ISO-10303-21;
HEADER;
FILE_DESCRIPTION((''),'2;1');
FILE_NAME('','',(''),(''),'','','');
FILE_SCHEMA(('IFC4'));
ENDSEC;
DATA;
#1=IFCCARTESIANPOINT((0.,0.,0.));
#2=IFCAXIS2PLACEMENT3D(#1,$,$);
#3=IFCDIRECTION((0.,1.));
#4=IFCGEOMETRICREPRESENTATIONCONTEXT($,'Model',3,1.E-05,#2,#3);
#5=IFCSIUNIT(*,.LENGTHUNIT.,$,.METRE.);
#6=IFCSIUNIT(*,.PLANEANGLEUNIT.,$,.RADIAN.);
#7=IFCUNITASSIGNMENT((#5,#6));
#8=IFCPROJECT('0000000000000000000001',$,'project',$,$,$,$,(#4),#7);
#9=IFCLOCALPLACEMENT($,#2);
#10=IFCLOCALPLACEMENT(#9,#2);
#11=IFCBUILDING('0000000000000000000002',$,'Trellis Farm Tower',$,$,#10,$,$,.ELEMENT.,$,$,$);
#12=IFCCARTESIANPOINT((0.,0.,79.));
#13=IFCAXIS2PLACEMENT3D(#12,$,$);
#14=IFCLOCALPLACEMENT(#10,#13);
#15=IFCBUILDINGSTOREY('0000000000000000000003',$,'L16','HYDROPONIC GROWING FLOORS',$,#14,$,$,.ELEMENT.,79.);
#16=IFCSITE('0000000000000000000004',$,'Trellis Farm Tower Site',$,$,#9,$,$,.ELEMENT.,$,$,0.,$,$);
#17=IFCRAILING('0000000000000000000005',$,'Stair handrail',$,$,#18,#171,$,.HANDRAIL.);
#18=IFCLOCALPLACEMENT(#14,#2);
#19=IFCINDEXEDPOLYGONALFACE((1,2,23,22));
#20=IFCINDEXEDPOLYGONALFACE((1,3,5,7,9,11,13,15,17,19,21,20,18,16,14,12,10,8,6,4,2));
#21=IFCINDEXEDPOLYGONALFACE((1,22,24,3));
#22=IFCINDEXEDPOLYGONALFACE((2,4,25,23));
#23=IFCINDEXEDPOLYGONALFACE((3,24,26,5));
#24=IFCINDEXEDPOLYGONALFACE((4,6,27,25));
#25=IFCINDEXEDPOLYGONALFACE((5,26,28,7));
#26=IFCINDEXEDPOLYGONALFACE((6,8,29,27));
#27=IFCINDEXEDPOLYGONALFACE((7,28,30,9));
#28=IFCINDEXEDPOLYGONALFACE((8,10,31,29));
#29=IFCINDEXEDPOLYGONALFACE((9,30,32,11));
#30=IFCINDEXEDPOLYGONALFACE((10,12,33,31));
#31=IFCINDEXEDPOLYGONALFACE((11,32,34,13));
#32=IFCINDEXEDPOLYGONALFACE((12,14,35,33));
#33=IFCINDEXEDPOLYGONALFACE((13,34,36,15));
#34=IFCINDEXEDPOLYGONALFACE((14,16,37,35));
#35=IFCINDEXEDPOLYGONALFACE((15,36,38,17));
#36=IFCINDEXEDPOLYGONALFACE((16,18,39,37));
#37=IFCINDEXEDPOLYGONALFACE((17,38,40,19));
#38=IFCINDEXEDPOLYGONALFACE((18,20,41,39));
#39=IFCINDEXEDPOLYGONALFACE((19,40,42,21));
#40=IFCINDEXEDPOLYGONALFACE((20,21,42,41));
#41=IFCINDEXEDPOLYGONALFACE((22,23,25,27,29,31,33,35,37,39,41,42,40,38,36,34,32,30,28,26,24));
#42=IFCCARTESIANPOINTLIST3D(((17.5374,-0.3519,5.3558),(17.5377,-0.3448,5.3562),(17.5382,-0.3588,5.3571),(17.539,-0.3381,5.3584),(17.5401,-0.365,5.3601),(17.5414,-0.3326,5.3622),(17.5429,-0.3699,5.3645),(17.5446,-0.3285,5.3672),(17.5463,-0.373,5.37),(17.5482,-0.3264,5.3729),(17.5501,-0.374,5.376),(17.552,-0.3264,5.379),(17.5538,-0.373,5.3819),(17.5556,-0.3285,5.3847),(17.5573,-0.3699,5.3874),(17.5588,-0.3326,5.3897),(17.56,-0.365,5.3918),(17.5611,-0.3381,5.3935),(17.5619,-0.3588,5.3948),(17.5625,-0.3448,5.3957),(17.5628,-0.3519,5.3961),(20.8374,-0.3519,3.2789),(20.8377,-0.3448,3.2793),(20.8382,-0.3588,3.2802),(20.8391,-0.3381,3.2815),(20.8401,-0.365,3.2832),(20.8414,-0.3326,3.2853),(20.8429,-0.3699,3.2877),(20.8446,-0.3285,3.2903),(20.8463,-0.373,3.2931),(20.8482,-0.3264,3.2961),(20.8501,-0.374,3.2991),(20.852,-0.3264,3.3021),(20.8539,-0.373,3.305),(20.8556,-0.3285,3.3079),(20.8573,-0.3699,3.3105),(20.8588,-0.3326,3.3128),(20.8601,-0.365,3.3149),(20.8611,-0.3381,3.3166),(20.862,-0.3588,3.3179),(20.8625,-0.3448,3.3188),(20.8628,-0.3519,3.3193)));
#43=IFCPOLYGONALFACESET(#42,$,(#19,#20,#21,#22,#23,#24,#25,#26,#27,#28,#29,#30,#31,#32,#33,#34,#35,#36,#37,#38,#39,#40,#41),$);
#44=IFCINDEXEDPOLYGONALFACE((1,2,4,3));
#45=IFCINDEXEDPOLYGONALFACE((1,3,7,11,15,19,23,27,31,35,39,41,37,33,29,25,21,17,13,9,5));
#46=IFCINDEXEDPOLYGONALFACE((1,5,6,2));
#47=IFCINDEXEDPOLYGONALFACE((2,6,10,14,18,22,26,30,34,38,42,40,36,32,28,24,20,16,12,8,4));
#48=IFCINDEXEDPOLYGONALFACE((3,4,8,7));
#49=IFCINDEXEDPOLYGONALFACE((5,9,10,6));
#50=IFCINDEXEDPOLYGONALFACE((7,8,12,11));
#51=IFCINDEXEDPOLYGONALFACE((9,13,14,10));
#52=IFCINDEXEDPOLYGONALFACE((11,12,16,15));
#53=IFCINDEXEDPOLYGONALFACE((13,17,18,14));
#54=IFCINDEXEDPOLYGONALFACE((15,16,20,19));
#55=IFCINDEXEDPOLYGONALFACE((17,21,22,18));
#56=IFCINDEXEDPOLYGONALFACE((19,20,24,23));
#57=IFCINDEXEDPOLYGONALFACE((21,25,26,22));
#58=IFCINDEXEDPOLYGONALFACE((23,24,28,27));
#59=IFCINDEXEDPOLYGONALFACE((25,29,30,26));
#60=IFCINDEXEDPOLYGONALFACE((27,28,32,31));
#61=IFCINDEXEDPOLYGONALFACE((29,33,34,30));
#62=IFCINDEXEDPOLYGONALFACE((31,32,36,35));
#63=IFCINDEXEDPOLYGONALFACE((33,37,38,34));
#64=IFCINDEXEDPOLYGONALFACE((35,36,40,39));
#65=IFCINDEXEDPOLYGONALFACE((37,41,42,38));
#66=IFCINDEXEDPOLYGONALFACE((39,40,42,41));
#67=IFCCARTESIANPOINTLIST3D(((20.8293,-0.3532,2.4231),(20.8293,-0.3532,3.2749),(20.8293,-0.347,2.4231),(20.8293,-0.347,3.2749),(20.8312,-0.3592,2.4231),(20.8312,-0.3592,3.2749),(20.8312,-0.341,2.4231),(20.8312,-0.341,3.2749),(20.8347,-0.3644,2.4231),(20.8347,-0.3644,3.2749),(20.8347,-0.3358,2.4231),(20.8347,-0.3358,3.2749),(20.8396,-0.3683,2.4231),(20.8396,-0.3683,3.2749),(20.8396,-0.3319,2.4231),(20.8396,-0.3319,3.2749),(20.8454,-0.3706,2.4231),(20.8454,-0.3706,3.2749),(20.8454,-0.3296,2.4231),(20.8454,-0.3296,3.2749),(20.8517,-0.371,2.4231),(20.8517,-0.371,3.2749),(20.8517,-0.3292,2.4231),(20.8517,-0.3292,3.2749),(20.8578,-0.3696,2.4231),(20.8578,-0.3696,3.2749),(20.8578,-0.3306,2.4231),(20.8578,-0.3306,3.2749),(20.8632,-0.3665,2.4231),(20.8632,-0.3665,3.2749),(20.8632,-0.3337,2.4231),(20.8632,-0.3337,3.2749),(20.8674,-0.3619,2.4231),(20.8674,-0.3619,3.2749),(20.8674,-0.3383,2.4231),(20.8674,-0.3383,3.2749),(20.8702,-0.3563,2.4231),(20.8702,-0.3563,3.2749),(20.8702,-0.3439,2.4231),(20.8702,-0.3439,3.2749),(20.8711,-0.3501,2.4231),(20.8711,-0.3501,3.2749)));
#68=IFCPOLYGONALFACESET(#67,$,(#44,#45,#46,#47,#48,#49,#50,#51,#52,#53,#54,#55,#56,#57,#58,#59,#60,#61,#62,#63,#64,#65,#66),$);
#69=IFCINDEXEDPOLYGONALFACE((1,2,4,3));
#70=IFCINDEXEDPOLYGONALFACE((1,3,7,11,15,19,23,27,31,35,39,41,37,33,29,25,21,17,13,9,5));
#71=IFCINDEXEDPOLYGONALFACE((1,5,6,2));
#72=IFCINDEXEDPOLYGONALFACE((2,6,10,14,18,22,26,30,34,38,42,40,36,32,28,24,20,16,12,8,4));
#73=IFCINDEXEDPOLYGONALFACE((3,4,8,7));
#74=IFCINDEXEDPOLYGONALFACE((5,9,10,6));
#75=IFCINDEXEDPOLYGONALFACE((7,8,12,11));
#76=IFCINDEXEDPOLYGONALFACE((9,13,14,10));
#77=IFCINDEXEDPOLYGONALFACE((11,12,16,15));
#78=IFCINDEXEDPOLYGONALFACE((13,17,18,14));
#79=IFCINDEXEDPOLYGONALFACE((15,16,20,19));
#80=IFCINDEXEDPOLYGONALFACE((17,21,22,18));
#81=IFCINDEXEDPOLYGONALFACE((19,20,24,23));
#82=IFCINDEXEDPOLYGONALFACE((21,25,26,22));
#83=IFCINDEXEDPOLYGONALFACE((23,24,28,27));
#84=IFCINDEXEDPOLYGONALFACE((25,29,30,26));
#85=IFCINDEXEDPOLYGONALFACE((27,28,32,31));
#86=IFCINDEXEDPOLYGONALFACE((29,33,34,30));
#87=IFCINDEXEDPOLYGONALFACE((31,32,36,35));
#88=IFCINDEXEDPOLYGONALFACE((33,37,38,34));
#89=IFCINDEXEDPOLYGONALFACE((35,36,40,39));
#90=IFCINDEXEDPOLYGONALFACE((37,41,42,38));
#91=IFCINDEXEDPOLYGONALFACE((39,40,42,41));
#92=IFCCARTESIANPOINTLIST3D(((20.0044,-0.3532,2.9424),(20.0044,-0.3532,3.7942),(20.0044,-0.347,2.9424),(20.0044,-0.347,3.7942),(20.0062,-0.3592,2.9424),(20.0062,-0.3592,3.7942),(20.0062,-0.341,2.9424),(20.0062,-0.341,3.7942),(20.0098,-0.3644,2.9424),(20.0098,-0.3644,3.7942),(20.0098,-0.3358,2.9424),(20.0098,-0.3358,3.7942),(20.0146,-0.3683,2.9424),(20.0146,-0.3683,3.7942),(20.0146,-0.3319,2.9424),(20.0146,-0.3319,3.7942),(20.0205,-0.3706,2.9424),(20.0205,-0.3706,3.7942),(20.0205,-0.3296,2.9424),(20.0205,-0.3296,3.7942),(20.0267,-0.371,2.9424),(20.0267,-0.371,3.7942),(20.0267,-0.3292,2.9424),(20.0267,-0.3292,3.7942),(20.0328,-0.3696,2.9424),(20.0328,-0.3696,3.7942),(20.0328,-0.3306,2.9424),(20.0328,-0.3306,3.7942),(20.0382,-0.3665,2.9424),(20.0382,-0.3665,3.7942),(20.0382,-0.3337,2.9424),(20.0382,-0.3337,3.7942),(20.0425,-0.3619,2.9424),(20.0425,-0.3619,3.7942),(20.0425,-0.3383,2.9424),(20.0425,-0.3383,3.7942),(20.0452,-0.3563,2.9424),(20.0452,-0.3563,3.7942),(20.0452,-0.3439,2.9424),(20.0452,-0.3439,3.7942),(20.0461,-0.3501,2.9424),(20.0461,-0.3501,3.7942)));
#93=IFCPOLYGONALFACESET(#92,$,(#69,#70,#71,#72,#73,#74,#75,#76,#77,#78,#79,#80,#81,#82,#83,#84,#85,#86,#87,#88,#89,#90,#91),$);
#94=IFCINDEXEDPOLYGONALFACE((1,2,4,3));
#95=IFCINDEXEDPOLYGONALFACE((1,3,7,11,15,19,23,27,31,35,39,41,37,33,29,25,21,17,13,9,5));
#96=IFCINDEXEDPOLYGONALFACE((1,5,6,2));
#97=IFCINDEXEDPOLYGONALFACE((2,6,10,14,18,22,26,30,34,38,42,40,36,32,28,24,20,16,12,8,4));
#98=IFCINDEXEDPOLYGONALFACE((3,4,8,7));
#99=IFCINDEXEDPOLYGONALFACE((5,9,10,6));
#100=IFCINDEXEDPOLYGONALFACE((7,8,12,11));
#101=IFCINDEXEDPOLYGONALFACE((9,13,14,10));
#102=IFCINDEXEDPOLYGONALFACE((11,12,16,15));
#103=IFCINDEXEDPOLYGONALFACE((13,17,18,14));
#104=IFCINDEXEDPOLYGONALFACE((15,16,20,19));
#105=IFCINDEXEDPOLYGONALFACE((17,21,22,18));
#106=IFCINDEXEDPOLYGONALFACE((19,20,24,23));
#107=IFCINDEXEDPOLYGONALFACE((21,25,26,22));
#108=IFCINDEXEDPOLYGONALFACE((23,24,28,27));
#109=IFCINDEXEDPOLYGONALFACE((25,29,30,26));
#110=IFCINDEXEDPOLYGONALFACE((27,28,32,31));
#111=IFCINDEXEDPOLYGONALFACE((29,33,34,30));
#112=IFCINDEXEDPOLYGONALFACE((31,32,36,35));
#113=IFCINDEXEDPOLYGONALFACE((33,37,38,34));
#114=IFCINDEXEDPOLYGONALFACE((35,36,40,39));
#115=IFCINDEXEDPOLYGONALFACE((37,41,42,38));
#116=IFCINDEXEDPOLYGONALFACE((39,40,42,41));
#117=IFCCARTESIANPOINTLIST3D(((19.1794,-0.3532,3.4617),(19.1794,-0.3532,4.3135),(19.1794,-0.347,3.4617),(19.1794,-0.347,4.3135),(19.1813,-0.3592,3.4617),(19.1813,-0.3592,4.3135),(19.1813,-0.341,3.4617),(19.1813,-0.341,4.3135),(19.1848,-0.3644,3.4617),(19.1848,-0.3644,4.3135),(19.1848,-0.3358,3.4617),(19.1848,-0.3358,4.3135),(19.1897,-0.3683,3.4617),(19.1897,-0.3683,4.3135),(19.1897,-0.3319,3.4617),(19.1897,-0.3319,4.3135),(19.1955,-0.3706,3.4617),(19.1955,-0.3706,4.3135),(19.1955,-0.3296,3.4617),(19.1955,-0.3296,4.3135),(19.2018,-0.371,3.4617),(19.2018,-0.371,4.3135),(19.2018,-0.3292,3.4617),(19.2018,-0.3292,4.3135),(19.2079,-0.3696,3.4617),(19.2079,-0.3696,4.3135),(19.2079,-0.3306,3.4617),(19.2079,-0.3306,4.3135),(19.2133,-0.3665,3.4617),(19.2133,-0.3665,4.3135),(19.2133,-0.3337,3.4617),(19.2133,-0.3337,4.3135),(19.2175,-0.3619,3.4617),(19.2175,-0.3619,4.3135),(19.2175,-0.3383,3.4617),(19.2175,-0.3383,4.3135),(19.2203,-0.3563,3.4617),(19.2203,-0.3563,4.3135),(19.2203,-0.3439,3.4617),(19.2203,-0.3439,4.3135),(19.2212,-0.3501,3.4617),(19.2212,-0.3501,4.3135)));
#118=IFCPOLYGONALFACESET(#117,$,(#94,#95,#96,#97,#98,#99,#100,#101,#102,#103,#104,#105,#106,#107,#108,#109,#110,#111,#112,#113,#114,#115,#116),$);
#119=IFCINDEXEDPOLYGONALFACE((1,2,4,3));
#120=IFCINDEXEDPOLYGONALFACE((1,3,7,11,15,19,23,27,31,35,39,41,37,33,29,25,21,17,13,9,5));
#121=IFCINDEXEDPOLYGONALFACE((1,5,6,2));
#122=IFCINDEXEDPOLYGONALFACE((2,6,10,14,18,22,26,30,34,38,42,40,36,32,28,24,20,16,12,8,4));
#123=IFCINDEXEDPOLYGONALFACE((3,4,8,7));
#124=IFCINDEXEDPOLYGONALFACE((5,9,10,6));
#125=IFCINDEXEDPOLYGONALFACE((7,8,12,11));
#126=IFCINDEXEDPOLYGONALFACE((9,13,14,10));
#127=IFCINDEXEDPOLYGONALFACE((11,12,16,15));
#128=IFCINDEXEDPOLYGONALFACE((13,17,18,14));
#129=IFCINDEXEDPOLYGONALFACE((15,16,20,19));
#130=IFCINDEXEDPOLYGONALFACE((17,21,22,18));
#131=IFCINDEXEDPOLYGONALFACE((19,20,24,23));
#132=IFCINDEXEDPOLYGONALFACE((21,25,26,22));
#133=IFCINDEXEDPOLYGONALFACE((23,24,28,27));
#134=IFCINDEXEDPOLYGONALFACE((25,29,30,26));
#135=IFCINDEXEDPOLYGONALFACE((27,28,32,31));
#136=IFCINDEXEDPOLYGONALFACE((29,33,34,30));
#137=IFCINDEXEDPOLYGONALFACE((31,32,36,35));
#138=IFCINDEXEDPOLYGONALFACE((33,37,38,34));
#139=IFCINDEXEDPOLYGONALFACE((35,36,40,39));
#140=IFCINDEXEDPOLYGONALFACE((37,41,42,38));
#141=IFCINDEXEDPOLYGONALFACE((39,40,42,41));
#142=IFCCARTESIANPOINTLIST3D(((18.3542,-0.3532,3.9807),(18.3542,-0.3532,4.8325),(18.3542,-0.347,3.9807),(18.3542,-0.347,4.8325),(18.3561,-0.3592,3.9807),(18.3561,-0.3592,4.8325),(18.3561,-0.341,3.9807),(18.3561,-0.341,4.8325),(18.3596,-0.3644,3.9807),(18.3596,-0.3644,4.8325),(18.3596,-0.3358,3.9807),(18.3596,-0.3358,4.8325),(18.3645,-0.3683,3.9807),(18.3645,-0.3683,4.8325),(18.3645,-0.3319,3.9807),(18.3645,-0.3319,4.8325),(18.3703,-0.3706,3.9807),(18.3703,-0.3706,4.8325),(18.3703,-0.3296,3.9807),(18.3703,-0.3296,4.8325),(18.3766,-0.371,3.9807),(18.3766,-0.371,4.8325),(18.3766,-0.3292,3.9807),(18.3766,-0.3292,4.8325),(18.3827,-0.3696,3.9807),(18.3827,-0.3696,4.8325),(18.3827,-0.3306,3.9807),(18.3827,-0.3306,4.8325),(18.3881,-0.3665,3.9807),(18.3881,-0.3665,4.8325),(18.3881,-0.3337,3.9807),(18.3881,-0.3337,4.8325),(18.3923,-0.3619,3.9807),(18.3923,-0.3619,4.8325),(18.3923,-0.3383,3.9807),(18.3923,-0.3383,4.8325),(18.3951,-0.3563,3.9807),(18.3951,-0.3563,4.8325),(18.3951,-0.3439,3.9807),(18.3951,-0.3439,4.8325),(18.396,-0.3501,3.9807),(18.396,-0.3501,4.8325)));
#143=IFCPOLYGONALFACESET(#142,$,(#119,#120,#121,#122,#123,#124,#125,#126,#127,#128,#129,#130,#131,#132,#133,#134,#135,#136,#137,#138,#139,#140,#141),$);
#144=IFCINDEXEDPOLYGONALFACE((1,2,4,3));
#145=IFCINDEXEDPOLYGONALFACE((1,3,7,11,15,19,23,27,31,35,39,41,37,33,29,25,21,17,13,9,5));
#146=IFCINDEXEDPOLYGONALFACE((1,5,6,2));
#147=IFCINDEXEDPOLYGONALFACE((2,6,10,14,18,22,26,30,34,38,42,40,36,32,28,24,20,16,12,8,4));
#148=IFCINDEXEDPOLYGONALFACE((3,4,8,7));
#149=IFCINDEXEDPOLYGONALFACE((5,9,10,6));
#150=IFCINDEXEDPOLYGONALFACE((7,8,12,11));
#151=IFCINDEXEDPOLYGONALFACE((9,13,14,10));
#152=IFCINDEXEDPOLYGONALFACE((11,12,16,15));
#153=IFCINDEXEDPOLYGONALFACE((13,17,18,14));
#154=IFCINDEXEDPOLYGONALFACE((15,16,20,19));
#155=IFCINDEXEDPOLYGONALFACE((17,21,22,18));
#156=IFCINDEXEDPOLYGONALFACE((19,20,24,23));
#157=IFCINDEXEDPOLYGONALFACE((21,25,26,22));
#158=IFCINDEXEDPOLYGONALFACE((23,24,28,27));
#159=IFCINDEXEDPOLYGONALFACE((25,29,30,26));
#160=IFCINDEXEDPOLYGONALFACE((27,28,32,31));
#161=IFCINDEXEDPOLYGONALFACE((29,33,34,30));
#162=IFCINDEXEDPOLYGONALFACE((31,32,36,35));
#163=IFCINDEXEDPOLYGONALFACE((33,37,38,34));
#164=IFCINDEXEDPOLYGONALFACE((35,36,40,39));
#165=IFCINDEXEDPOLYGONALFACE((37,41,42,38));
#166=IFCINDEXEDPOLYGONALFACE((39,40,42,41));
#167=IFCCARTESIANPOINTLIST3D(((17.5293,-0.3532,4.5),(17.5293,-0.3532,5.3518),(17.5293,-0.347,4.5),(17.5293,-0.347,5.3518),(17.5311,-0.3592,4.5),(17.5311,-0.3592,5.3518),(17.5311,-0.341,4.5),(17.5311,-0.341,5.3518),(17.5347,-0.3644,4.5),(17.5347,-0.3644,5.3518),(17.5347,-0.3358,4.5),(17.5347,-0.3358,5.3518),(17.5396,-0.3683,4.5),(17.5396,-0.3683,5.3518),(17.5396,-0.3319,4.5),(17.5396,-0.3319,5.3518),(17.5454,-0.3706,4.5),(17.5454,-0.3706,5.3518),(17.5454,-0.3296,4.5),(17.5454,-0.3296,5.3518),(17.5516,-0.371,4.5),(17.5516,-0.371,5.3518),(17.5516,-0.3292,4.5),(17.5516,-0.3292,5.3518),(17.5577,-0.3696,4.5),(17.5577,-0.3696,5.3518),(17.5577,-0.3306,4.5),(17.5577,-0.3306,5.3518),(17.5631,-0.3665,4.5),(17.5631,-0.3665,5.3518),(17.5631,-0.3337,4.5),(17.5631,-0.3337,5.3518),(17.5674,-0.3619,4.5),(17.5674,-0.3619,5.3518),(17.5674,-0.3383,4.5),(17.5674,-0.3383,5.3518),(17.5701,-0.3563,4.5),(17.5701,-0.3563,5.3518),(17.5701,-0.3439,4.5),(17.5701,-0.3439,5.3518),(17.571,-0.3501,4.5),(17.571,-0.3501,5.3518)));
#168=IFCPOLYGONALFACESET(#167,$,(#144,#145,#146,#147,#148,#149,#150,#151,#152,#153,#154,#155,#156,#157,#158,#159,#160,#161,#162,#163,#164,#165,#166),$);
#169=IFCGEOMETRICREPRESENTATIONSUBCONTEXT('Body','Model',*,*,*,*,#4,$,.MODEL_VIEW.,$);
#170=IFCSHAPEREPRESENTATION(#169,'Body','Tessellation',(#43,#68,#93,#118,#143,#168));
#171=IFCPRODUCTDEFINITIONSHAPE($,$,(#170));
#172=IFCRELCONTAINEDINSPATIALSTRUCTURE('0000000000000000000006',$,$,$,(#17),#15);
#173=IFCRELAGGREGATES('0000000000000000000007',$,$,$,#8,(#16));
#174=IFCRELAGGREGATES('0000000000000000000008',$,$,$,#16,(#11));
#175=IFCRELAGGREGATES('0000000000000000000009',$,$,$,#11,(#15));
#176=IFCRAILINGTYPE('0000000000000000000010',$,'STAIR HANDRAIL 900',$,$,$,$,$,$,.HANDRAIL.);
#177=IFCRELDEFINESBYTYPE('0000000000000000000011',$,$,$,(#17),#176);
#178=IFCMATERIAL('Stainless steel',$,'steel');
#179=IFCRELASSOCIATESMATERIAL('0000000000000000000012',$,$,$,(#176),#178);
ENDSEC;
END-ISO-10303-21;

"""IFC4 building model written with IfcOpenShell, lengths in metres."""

from ifc_helpers import new_model, si_unit, direction, frame, origin, origin_2d, place, context, subcontext, project, spatial, circle, extrude, source, transform, mapped, material, type_object, element, save


model = new_model("IFC4")

# Units and contexts
model_context = context("Model", 3, precision=1e-05, world=origin(), true_north=direction((0.0, 1.0)))
body_context = subcontext(model_context, "Body", "Model", "MODEL_VIEW")
ifc_project = project(units=[si_unit("LENGTHUNIT", "METRE"), si_unit("PLANEANGLEUNIT", "RADIAN")], contexts=[model_context])

# Site, building, storey
site_placement = place(None, origin())
site = spatial("IfcSite", under=ifc_project, at=site_placement, Name="Trellis Farm Tower Site", CompositionType="ELEMENT", RefElevation=0.0)
building_placement = place(site_placement, origin())
building = spatial("IfcBuilding", under=site, at=building_placement, Name="Trellis Farm Tower", CompositionType="ELEMENT")
storey_placement = place(building_placement, frame((0.0, 0.0, 79.0)))
storey = spatial("IfcBuildingStorey", under=building, at=storey_placement, Name="L16", Description="HYDROPONIC GROWING FLOORS", CompositionType="ELEMENT", Elevation=79.0)

# Shared definitions
ifc_material_1 = material(Name="Stainless steel", Category="steel")

# Railing
railing_type = type_object("IfcRailingType", Name="STAIR HANDRAIL 900", PredefinedType="HANDRAIL", material=ifc_material_1)
shared_shape_1 = source(origin(), body_context, "Body", "SweptSolid", [
    extrude(circle(Radius=0.0239, at=origin_2d()), frame((0.0, 0.0, 0.876), z_axis=(-0.846337, 0.0, 0.532647), x_axis=(0.0, -1.0, 0.0)), (0.0, 0.0, 1.0), 3.8992),
    extrude(circle(Radius=0.021, at=origin_2d()), origin(), (0.0, 0.0, 1.0), 0.8518),
    extrude(circle(Radius=0.021, at=origin_2d()), frame((-0.825, 0.0, 0.5193)), (0.0, 0.0, 1.0), 0.8518),
    extrude(circle(Radius=0.021, at=origin_2d()), frame((-1.6499, 0.0, 1.0386)), (0.0, 0.0, 1.0), 0.8518),
    extrude(circle(Radius=0.021, at=origin_2d()), frame((-2.4751, 0.0, 1.5576)), (0.0, 0.0, 1.0), 0.8518),
    extrude(circle(Radius=0.021, at=origin_2d()), frame((-3.3, 0.0, 2.0769)), (0.0, 0.0, 1.0), 0.8518),
])
for number, where, name in (
    (1, (20.8501, -0.3501, 2.4231), "Stair handrail"),
):
    element("IfcRailing", number, at=place(storey_placement, frame(where)), inside=storey, type_object=railing_type, Name=name, PredefinedType="HANDRAIL", context=body_context, shape_type="MappedRepresentation", body=[
        mapped(shared_shape_1, transform((0.0, 0.0, 0.0))),
    ])

save(model, "model.ifc")
